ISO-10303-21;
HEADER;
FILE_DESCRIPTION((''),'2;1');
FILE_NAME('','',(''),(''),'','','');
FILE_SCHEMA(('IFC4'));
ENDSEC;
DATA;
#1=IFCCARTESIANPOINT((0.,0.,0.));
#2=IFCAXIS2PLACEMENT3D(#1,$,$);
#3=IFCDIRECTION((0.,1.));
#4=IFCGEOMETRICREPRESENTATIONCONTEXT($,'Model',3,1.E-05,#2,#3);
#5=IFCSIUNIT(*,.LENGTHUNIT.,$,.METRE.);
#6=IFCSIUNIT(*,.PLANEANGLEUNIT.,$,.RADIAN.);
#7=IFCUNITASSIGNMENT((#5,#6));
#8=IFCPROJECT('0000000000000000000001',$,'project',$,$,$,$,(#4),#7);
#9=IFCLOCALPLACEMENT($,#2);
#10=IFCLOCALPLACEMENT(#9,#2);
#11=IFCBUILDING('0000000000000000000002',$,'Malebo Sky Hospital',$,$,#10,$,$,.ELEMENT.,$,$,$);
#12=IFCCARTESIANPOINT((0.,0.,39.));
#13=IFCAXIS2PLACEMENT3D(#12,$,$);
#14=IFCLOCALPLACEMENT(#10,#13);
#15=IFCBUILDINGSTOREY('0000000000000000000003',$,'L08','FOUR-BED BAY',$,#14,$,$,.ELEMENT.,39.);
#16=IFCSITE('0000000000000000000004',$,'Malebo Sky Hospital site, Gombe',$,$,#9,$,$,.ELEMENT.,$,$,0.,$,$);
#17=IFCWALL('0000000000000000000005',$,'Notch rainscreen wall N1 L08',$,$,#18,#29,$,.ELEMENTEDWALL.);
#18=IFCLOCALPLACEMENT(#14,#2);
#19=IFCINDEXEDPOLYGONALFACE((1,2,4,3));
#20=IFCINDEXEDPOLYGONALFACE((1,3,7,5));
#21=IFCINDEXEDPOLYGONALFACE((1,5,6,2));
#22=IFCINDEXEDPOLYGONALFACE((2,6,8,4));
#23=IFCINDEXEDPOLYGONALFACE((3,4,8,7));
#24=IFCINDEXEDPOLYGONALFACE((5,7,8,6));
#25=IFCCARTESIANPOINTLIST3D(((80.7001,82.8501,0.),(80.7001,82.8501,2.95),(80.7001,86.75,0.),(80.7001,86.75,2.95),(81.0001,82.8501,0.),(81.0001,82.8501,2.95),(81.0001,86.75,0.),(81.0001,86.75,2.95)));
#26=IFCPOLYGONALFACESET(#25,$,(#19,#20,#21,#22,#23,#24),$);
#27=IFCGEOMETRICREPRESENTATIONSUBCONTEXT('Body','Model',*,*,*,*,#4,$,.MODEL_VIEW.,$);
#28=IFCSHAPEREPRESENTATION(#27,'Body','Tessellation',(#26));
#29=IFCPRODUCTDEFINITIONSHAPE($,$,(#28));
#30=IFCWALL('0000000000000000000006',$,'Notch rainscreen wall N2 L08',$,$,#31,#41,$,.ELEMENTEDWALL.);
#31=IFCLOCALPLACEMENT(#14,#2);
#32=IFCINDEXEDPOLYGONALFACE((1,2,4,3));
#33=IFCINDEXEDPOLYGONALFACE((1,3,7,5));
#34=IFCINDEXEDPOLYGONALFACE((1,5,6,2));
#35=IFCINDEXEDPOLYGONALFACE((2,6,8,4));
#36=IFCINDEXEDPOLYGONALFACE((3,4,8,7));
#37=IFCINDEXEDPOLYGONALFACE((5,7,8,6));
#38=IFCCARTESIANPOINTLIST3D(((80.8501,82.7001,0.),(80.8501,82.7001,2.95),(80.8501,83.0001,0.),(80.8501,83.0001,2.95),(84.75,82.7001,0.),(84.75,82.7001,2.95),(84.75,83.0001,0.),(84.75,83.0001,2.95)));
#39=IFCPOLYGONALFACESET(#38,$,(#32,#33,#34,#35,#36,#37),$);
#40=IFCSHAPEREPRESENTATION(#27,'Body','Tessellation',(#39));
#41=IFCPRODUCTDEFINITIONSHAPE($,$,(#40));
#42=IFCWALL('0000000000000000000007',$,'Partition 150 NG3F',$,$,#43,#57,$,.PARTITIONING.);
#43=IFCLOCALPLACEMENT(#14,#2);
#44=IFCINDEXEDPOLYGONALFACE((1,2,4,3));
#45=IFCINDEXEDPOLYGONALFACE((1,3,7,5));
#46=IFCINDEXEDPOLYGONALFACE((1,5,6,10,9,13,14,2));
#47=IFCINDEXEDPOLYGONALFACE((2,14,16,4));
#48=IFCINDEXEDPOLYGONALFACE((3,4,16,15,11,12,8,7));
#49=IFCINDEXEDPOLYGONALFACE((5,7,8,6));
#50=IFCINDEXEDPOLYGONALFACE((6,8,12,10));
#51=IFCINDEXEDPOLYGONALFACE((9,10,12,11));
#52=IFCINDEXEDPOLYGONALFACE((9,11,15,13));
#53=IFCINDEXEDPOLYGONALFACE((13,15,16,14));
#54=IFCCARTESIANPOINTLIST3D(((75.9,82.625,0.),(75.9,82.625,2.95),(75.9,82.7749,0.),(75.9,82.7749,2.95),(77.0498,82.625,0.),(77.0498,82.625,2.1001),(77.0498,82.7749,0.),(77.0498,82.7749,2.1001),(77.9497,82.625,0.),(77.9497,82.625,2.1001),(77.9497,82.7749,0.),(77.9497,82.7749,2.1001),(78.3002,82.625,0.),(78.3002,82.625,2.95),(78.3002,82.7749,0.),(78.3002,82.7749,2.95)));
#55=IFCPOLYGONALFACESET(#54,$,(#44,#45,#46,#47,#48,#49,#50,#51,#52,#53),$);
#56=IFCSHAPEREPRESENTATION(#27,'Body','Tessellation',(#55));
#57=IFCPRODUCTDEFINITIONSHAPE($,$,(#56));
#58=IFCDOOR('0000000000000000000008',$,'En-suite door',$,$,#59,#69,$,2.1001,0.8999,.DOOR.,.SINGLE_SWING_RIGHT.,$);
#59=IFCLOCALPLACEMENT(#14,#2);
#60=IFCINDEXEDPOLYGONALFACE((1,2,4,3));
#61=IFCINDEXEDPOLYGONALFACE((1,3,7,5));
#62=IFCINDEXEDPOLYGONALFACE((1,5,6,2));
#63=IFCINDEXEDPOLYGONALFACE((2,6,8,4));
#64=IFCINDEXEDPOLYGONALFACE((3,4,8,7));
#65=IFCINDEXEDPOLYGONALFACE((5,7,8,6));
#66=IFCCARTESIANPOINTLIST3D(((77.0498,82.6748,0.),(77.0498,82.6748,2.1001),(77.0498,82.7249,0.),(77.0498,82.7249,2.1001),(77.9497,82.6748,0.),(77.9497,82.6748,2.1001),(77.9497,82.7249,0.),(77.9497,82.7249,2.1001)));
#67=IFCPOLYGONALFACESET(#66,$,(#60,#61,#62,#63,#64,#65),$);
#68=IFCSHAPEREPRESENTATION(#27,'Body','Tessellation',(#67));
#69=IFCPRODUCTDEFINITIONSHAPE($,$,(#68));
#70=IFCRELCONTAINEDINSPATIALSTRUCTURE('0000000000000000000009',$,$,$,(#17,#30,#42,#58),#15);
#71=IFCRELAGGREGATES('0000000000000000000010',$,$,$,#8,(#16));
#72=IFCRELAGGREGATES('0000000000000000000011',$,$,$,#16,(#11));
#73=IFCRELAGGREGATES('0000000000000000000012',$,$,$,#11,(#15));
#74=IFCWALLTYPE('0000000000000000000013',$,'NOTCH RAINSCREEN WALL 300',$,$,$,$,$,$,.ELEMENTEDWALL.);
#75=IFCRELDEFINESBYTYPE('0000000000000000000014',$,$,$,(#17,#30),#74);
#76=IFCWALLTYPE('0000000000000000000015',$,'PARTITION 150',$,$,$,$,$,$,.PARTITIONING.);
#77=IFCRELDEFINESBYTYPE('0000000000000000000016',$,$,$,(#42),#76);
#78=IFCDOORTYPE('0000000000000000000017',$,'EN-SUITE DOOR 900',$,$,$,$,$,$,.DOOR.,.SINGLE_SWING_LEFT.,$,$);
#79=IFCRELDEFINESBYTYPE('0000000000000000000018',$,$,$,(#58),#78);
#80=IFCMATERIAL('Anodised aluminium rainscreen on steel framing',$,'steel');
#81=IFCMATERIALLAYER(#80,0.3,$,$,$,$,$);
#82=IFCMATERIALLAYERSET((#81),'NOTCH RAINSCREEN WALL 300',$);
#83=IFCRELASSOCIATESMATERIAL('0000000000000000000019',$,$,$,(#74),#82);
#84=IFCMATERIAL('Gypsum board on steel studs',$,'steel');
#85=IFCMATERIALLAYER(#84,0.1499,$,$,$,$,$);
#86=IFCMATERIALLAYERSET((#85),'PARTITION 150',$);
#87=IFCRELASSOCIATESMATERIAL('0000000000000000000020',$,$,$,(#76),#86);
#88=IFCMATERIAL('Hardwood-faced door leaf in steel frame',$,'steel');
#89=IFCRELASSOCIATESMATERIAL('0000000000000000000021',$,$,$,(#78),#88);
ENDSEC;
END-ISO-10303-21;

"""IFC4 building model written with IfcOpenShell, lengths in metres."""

from ifc_helpers import new_model, si_unit, direction, frame, frame_2d, origin, place, context, subcontext, project, spatial, rectangle, extrude, material, layer, layer_set, type_object, element, fill, save


model = new_model("IFC4")

# Units and contexts
model_context = context("Model", 3, precision=1e-05, world=origin(), true_north=direction((0.0, 1.0)))
body_context = subcontext(model_context, "Body", "Model", "MODEL_VIEW")
ifc_project = project(units=[si_unit("LENGTHUNIT", "METRE"), si_unit("PLANEANGLEUNIT", "RADIAN")], contexts=[model_context])

# Site, building, storey
site_placement = place(None, origin())
site = spatial("IfcSite", under=ifc_project, at=site_placement, Name="Malebo Sky Hospital site, Gombe", CompositionType="ELEMENT", RefElevation=0.0)
building_placement = place(site_placement, origin())
building = spatial("IfcBuilding", under=site, at=building_placement, Name="Malebo Sky Hospital", CompositionType="ELEMENT")
storey_placement = place(building_placement, frame((0.0, 0.0, 39.0)))
storey = spatial("IfcBuildingStorey", under=building, at=storey_placement, Name="L08", Description="FOUR-BED BAY", CompositionType="ELEMENT", Elevation=39.0)

# Walls
ifc_material_1 = material(Name="Anodised aluminium rainscreen on steel framing", Category="steel")
ifc_layer_1 = layer(ifc_material_1, 0.3)
ifc_layer_set_1 = layer_set([ifc_layer_1], Name="NOTCH RAINSCREEN WALL 300")
wall_type_1 = type_object("IfcWallType", Name="NOTCH RAINSCREEN WALL 300", PredefinedType="ELEMENTEDWALL", material=ifc_layer_set_1)
for number, where, z_axis, x_axis, name in (
    (1, (80.8501, 86.75, 0.0), (0.0, 0.0, 1.0), (0.0, -1.0, 0.0), "Notch rainscreen wall N1 L08"),
    (2, (80.8501, 82.8501, 0.0), (0.0, 0.0, 1.0), (1.0, 0.0, 0.0), "Notch rainscreen wall N2 L08"),
):
    element("IfcWall", number, at=place(storey_placement, frame(where, z_axis=z_axis, x_axis=x_axis)), inside=storey, type_object=wall_type_1, Name=name, PredefinedType="ELEMENTEDWALL", context=body_context, shape_type="SweptSolid", body=[
        extrude(rectangle(XDim=3.8999, YDim=0.3, at=frame_2d((1.95, 0.0))), origin(), (0.0, 0.0, 1.0), 2.95),
    ])

# Wall, opening, door
ifc_material_2 = material(Name="Gypsum board on steel studs", Category="steel")
ifc_layer_2 = layer(ifc_material_2, 0.1499)
ifc_layer_set_2 = layer_set([ifc_layer_2], Name="PARTITION 150")
wall_type_2 = type_object("IfcWallType", Name="PARTITION 150", PredefinedType="PARTITIONING", material=ifc_layer_set_2)
wall_placement = place(storey_placement, frame((75.8999, 82.7, 0.0), z_axis=(0.0, 0.0, 1.0), x_axis=(1.0, 0.0, 0.0)))
wall = element("IfcWall", 3, at=wall_placement, inside=storey, type_object=wall_type_2, Name="Partition 150 NG3F", PredefinedType="PARTITIONING", context=body_context, shape_type="SweptSolid", body=[
    extrude(rectangle(XDim=2.4001, YDim=0.1499, at=frame_2d((1.2002, 0.0))), origin(), (0.0, 0.0, 1.0), 2.95),
])
opening_placement = place(wall_placement, frame((1.1499, 0.0, 0.0)))
opening = element("IfcOpeningElement", 4, at=opening_placement, cuts=wall, PredefinedType="OPENING", context=body_context, shape_type="SweptSolid", body=[
    extrude(rectangle(XDim=0.8999, YDim=2.1001, at=frame_2d((0.45, 1.05))), frame((0.0, 0.085, 0.0), z_axis=(0.0, -1.0, 0.0), x_axis=(1.0, 0.0, 0.0)), (0.0, 0.0, 1.0), 0.1699),
])
ifc_material_3 = material(Name="Hardwood-faced door leaf in steel frame", Category="steel")
door_type = type_object("IfcDoorType", Name="EN-SUITE DOOR 900", OperationType="SINGLE_SWING_LEFT", PredefinedType="DOOR", material=ifc_material_3)
door_placement = place(opening_placement, origin())
door = element("IfcDoor", 5, at=door_placement, inside=storey, type_object=door_type, Name="En-suite door", OperationType="SINGLE_SWING_RIGHT", OverallHeight=2.1001, OverallWidth=0.8999, PredefinedType="DOOR", context=body_context, shape_type="SweptSolid", body=[
    extrude(rectangle(XDim=0.8999, YDim=2.1001, at=frame_2d((0.45, 1.05))), frame((0.0, 0.0249, 0.0), z_axis=(0.0, -1.0, 0.0), x_axis=(1.0, 0.0, 0.0)), (0.0, 0.0, 1.0), 0.05),
])
fill(opening, door)

save(model, "model.ifc")
